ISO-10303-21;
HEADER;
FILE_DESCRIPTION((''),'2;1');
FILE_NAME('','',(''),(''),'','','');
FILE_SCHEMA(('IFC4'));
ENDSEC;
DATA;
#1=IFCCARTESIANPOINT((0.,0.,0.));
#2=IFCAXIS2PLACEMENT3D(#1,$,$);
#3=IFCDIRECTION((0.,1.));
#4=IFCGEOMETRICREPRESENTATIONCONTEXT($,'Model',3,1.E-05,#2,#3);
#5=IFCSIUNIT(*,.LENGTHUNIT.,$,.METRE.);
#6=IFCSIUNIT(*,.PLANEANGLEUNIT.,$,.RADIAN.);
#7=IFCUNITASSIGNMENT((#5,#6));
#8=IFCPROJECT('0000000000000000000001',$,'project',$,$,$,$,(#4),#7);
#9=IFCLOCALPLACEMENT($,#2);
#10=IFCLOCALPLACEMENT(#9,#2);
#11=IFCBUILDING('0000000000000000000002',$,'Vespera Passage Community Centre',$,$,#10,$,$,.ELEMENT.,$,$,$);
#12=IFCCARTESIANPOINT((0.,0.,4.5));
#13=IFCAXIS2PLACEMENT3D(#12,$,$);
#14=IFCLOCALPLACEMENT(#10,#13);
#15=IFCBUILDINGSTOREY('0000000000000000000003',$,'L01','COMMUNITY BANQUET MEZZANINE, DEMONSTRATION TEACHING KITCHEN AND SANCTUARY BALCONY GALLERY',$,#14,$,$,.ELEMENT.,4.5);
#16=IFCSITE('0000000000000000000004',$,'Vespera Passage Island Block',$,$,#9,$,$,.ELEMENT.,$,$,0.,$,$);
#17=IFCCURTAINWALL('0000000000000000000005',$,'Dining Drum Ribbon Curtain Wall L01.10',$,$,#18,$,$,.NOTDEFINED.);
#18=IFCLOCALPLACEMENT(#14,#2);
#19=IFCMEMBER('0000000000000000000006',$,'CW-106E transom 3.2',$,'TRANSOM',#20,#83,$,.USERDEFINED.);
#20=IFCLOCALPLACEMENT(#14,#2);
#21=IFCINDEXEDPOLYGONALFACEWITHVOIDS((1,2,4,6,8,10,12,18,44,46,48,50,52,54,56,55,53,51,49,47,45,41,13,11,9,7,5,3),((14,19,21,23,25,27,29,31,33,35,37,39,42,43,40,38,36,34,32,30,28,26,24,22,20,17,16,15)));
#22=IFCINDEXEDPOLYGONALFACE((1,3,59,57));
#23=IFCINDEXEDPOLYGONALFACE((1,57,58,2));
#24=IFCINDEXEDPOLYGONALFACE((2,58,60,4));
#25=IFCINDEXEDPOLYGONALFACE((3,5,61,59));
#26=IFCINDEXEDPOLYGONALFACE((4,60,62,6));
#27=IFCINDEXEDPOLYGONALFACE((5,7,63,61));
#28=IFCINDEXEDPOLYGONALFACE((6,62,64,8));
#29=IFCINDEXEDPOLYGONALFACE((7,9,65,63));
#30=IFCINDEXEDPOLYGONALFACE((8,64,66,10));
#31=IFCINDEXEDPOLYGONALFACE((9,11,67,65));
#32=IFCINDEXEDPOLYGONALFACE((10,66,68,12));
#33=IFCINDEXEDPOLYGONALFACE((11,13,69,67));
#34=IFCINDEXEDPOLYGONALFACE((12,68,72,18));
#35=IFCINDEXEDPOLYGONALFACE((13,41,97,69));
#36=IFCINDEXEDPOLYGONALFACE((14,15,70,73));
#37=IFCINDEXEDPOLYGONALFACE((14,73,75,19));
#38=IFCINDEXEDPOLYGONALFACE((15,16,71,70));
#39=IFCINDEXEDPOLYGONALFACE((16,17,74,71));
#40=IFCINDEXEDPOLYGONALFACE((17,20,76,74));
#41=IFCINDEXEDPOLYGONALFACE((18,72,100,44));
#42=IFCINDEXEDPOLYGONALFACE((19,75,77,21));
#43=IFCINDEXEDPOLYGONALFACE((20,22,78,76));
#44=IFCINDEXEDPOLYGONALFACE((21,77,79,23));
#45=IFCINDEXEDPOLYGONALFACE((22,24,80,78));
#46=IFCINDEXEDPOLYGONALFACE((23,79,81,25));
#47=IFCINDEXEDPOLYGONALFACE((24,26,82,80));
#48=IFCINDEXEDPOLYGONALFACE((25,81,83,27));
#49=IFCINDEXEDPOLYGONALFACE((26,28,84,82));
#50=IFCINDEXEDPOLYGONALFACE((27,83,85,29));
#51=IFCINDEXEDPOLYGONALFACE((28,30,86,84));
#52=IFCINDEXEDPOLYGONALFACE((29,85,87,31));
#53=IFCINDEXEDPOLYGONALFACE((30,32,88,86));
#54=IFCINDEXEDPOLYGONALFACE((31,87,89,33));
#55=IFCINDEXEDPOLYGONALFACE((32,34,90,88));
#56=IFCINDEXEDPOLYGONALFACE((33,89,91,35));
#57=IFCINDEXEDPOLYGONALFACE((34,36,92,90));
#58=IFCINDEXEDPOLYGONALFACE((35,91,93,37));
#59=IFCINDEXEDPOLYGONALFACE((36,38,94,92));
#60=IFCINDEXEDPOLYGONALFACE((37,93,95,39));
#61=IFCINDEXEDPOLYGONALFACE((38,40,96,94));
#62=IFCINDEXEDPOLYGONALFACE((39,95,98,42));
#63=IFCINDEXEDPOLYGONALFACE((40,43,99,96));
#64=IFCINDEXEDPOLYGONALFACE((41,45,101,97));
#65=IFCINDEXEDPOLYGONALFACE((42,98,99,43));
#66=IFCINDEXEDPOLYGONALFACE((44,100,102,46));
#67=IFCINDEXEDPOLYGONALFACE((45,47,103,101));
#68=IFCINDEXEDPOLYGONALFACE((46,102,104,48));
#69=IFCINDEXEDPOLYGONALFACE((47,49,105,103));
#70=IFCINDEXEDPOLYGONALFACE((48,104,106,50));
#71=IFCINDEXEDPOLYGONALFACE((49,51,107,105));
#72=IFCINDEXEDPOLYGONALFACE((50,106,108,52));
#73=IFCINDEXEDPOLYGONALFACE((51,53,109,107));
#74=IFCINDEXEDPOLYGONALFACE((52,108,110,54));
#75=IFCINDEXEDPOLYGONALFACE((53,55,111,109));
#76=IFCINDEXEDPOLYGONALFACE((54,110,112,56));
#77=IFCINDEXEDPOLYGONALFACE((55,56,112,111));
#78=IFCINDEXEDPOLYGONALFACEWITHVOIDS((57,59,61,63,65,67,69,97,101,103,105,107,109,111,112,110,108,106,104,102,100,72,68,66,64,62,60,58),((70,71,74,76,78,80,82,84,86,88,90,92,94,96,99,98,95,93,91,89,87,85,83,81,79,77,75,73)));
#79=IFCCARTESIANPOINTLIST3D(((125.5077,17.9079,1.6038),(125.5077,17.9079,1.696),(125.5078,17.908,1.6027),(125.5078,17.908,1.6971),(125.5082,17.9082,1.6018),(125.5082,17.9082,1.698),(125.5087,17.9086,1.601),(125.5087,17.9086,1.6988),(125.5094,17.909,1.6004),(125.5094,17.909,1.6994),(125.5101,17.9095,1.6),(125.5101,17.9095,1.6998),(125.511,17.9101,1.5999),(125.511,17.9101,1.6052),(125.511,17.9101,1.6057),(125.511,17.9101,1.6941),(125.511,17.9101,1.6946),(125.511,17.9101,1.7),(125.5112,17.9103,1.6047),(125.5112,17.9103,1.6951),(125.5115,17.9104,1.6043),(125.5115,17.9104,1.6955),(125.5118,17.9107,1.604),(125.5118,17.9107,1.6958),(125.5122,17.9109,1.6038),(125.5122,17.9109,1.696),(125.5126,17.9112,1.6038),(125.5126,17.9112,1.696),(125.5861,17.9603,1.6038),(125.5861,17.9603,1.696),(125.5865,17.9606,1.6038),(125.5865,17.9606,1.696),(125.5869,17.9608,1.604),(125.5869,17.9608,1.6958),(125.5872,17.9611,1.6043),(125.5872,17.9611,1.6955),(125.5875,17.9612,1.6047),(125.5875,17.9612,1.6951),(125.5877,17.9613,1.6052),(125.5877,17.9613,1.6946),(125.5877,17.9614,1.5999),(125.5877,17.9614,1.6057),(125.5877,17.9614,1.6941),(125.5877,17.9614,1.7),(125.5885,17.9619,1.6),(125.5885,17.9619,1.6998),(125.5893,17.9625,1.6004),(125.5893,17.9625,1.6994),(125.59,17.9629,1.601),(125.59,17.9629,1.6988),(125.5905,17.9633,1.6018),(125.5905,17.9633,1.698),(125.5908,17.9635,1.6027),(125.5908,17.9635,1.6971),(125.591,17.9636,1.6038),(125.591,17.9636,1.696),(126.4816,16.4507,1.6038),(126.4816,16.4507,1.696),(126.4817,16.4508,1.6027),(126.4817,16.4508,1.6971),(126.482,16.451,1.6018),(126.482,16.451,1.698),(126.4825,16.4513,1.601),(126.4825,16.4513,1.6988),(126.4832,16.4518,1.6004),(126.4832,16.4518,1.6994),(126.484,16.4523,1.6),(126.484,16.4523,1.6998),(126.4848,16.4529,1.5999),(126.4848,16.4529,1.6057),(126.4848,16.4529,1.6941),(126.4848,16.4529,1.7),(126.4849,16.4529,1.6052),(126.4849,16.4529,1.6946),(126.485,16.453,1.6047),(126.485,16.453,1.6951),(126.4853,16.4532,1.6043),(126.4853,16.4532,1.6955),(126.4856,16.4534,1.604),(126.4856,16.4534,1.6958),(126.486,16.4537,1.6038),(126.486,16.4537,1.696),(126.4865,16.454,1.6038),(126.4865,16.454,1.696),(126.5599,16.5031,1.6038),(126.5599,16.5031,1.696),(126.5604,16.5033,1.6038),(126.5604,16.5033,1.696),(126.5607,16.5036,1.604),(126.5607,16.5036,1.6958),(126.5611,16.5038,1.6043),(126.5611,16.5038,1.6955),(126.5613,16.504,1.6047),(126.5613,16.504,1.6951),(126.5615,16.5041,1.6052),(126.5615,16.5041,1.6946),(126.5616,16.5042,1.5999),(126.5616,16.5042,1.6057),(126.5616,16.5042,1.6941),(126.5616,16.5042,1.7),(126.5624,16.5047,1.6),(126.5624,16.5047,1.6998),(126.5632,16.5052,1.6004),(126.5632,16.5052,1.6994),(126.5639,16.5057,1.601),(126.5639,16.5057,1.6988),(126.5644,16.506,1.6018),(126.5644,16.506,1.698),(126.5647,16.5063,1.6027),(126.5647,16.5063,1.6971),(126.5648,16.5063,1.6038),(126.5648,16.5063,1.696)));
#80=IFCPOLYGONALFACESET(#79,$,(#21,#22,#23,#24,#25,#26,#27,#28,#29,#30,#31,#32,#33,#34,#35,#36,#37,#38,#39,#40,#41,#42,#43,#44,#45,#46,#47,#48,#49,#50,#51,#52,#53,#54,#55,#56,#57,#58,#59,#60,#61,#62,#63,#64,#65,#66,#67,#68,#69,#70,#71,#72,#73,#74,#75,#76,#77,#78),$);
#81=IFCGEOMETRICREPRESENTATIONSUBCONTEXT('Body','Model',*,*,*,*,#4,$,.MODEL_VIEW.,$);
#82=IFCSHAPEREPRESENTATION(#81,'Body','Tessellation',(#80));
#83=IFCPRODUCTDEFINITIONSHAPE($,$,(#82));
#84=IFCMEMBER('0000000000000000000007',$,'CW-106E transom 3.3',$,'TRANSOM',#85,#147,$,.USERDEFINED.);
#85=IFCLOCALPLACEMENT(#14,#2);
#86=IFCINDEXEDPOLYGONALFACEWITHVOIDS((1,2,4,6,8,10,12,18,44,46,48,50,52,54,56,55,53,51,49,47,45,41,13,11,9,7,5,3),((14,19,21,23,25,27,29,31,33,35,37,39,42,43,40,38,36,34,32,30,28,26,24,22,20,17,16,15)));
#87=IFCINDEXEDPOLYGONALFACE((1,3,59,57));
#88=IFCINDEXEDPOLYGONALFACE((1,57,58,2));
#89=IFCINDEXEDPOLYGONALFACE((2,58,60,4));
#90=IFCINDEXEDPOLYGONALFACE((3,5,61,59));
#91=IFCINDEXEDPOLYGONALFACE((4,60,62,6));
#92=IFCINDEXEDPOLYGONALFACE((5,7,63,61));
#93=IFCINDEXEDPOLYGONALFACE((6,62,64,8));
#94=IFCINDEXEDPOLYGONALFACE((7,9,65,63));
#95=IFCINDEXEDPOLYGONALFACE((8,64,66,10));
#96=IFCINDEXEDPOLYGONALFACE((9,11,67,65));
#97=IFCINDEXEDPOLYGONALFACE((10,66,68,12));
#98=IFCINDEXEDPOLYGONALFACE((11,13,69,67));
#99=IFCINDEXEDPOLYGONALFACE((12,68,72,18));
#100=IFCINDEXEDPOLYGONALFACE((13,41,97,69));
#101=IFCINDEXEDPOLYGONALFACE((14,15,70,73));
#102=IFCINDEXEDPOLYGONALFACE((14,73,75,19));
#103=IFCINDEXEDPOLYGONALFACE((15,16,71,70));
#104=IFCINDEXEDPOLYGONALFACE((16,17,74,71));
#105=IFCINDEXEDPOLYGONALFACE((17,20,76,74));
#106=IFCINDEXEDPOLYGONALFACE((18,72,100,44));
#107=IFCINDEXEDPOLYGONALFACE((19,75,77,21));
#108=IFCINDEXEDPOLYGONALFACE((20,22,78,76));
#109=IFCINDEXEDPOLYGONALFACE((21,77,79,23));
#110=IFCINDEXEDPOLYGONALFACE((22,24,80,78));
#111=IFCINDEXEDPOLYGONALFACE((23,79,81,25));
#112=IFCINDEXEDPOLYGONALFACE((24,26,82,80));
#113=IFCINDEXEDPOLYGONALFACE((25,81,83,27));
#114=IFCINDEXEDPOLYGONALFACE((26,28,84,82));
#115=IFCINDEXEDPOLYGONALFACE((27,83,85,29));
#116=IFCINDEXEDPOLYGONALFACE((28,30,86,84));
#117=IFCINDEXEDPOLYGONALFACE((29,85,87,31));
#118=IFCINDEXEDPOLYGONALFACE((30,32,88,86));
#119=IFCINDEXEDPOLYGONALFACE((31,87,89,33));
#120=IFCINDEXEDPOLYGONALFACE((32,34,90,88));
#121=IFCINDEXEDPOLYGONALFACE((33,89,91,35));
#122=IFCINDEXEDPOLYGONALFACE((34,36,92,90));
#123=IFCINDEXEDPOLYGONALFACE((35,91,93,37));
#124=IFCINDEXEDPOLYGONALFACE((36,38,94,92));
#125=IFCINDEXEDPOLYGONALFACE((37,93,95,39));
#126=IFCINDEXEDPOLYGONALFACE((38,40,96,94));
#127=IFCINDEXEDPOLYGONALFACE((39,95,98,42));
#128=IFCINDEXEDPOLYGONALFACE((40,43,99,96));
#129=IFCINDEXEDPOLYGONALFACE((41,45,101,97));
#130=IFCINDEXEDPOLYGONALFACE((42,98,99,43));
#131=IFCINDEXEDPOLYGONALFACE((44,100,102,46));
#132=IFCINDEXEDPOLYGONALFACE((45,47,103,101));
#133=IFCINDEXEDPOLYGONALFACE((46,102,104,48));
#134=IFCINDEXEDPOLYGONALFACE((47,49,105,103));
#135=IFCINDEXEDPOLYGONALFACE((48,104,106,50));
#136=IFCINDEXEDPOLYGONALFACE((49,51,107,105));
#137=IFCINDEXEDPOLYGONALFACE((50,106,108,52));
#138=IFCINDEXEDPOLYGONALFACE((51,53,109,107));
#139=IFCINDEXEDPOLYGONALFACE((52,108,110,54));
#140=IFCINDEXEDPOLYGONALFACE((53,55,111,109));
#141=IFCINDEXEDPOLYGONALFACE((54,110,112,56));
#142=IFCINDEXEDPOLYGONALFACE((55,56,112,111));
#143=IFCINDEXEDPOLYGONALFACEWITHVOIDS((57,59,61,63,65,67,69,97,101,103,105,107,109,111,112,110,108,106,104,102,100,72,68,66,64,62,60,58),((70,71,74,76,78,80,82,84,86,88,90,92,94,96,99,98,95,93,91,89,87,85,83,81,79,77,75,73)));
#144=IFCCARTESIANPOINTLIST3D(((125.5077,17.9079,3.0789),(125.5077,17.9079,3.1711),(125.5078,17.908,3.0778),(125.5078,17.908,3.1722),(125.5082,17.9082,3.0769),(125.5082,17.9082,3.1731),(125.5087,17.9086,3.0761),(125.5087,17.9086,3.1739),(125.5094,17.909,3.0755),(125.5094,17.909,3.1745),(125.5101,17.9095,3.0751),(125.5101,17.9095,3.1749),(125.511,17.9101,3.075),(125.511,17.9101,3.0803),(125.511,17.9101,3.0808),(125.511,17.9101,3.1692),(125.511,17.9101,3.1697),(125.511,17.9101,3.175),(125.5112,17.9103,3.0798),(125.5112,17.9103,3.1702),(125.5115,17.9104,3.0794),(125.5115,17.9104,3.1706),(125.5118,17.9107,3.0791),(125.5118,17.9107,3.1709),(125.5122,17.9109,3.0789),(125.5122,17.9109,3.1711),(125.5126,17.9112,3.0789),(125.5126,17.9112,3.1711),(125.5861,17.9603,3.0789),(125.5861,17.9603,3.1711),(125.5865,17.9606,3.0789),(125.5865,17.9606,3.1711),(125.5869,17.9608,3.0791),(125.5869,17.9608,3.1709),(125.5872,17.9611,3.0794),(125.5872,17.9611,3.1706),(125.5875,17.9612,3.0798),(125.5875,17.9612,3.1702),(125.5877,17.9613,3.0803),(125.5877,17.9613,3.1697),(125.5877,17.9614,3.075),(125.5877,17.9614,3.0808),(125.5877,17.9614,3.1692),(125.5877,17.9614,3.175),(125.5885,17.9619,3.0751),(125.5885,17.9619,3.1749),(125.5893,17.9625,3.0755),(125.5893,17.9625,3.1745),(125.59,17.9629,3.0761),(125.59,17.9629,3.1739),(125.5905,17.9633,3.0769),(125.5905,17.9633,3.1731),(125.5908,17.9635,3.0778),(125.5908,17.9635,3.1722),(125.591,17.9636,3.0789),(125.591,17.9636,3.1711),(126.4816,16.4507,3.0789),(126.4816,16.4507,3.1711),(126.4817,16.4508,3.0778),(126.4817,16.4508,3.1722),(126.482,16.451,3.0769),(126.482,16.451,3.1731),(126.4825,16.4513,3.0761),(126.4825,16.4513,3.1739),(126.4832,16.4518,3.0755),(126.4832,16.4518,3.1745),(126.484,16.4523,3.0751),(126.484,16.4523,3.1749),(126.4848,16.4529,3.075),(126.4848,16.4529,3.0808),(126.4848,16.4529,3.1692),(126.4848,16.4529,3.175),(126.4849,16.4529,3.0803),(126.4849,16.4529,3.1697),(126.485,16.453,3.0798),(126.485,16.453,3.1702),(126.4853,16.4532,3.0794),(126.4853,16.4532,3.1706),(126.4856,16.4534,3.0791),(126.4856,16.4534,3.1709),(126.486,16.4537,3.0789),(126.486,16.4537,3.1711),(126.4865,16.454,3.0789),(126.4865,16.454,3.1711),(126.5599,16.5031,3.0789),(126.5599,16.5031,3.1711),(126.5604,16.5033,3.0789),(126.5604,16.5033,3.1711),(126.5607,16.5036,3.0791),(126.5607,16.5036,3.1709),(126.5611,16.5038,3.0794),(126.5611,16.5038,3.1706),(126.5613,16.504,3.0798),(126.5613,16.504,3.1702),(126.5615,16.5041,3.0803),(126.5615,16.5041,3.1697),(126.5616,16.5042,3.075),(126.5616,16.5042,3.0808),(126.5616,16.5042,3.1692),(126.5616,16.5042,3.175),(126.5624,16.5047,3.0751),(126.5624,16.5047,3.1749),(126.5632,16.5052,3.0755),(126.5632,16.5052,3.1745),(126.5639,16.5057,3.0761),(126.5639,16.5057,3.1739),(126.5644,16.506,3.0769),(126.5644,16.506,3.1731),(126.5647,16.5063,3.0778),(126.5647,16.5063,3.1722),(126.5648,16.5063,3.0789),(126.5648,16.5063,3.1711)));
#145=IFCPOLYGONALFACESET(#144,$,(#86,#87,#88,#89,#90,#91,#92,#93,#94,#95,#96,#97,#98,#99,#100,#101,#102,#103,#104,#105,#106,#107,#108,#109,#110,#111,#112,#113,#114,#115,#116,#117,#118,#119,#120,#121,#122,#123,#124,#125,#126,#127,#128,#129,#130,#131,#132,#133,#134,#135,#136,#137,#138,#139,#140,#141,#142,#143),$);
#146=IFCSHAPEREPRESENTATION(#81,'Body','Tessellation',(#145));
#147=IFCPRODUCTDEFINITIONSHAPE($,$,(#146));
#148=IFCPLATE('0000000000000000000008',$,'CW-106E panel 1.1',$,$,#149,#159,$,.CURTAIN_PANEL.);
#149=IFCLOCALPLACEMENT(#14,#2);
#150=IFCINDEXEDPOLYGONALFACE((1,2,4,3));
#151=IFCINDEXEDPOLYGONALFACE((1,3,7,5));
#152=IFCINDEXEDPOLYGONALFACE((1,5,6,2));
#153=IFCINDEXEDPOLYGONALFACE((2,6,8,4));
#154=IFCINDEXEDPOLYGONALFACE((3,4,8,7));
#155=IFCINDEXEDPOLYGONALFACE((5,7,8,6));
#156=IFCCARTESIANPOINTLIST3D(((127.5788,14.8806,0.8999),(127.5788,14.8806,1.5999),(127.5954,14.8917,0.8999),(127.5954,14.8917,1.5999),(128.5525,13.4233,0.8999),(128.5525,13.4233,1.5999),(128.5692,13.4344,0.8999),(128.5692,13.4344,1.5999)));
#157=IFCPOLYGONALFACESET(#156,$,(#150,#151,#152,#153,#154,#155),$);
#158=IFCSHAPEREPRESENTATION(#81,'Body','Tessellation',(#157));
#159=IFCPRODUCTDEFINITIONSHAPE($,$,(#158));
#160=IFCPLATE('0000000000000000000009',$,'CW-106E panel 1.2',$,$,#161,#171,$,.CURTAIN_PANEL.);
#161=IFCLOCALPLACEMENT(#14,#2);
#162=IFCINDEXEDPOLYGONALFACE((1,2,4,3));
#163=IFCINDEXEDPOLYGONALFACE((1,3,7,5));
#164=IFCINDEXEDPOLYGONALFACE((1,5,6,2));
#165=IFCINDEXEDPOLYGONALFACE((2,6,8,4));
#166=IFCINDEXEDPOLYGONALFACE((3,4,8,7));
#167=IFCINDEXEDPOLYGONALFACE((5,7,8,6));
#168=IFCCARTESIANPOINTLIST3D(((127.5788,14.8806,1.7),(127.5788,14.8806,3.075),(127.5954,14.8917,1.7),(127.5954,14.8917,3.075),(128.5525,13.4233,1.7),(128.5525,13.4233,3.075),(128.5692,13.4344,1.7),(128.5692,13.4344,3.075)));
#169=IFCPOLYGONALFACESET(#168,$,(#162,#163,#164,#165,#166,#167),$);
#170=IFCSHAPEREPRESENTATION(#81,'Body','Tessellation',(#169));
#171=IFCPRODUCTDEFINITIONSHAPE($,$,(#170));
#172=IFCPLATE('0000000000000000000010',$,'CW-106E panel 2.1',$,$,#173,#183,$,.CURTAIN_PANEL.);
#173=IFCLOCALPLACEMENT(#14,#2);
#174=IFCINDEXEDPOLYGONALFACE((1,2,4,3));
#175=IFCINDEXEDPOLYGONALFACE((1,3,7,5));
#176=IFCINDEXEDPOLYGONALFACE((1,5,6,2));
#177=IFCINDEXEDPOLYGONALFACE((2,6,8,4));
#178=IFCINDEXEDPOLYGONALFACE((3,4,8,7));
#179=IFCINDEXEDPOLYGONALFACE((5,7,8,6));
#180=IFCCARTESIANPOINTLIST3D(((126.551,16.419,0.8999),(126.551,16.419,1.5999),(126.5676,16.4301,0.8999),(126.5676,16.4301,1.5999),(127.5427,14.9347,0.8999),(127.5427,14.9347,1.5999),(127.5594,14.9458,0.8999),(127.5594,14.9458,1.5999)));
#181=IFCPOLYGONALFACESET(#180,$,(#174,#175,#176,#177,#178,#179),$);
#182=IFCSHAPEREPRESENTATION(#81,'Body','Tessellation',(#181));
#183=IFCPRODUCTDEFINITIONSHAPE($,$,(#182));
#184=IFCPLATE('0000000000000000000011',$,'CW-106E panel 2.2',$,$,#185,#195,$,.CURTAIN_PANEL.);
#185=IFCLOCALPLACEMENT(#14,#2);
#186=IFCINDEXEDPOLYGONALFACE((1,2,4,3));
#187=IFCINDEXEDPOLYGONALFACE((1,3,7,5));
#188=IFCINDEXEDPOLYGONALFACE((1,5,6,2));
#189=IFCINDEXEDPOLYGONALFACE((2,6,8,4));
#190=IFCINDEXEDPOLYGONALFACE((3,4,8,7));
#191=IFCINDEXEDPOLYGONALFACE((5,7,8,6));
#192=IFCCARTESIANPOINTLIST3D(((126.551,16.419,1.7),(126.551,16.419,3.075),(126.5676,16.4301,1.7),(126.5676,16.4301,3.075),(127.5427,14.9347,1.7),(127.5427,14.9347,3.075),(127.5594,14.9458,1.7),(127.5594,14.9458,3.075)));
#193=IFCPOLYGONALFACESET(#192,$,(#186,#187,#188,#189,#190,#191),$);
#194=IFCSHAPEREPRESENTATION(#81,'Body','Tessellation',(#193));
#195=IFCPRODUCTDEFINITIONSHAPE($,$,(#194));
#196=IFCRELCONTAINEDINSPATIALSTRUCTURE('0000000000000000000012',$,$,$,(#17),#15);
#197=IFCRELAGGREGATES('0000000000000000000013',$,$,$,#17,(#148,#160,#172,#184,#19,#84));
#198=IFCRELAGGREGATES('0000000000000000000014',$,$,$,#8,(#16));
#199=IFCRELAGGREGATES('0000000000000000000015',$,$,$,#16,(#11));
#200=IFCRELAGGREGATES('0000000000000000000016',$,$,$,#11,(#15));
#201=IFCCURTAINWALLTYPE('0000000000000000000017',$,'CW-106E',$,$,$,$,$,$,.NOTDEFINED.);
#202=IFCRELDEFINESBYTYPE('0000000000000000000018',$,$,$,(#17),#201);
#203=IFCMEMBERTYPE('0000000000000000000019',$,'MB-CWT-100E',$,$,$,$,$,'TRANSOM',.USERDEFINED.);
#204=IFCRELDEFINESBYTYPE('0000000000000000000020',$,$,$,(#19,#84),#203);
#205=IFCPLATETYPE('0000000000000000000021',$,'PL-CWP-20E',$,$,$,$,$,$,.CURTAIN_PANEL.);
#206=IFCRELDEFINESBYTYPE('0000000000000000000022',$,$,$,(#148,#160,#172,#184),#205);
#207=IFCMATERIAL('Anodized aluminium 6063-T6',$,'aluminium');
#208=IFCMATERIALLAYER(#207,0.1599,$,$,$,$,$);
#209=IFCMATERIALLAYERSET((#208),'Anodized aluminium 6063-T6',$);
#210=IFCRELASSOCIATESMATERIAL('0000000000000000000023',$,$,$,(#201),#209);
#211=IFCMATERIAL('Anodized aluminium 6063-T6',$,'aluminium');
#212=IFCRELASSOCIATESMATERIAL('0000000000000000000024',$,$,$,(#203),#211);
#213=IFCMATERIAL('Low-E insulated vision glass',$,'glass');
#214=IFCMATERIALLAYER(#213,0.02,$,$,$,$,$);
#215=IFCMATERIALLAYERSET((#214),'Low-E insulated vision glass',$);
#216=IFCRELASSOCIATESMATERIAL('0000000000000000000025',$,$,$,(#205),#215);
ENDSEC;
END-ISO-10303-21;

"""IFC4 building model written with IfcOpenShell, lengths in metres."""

from ifc_helpers import new_model, si_unit, direction, frame, origin, origin_2d, place, context, subcontext, project, spatial, rectangle, hollow_rectangle, extrude, material, layer, layer_set, material_profile, profile_set, type_object, element, aggregate, save


model = new_model("IFC4")

# Units and contexts
model_context = context("Model", 3, precision=1e-05, world=origin(), true_north=direction((0.0, 1.0)))
body_context = subcontext(model_context, "Body", "Model", "MODEL_VIEW")
ifc_project = project(units=[si_unit("LENGTHUNIT", "METRE"), si_unit("PLANEANGLEUNIT", "RADIAN")], contexts=[model_context])

# Site, building, storey
site_placement = place(None, origin())
site = spatial("IfcSite", under=ifc_project, at=site_placement, Name="Vespera Passage Island Block", CompositionType="ELEMENT", RefElevation=0.0)
building_placement = place(site_placement, origin())
building = spatial("IfcBuilding", under=site, at=building_placement, Name="Vespera Passage Community Centre", CompositionType="ELEMENT")
storey_placement = place(building_placement, frame((0.0, 0.0, 4.5)))
storey = spatial("IfcBuildingStorey", under=building, at=storey_placement, Name="L01", Description="COMMUNITY BANQUET MEZZANINE, DEMONSTRATION TEACHING KITCHEN AND SANCTUARY BALCONY GALLERY", CompositionType="ELEMENT", Elevation=4.5)

# Curtain wall
ifc_material_1 = material(Name="Anodized aluminium 6063-T6", Category="aluminium")
ifc_layer_1 = layer(ifc_material_1, 0.1599)
ifc_layer_set_1 = layer_set([ifc_layer_1], Name="Anodized aluminium 6063-T6")
curtain_wall_type_1 = type_object("IfcCurtainWallType", Name="CW-106E", PredefinedType="NOTDEFINED", material=ifc_layer_set_1)
curtain_wall_1_placement = place(storey_placement, origin())
curtain_wall_1 = element("IfcCurtainWall", 1, at=curtain_wall_1_placement, inside=storey, type_object=curtain_wall_type_1, Name="Dining Drum Ribbon Curtain Wall L01.10", PredefinedType="NOTDEFINED")

# Members
ifc_material_2 = material(Name="Anodized aluminium 6063-T6", Category="aluminium")
ifc_material_profile_1 = material_profile(ifc_material_2, hollow_rectangle(XDim=0.1001, YDim=0.1001, WallThickness=0.0039, InnerFilletRadius=0.002, OuterFilletRadius=0.0039, at=origin_2d()), Name="ALU100X100X4")
ifc_profile_set_1 = profile_set([ifc_material_profile_1], Name="Anodized aluminium 6063-T6")
member_type_1 = type_object("IfcMemberType", Name="MB-CWT-100E", ElementType="TRANSOM", PredefinedType="USERDEFINED", material=ifc_profile_set_1)
member_1_placement = place(storey_placement, frame((126.5232, 16.4785, 1.6499), z_axis=(-0.555632, 0.831428, 0.0), x_axis=(-0.831428, -0.555632, 0.0)))
member_1 = element("IfcMember", 2, at=member_1_placement, type_object=member_type_1, Name="CW-106E transom 3.2", ObjectType="TRANSOM", PredefinedType="USERDEFINED", context=body_context, shape_type="SweptSolid", body=[
    extrude(hollow_rectangle(XDim=0.1001, YDim=0.1001, WallThickness=0.0039, InnerFilletRadius=0.002, OuterFilletRadius=0.0039, at=origin_2d()), origin(), (0.0, 0.0, 1.0), 1.7527),
])
member_2_placement = place(storey_placement, frame((126.5232, 16.4785, 3.125), z_axis=(-0.555632, 0.831428, 0.0), x_axis=(-0.831428, -0.555632, 0.0)))
member_2 = element("IfcMember", 3, at=member_2_placement, type_object=member_type_1, Name="CW-106E transom 3.3", ObjectType="TRANSOM", PredefinedType="USERDEFINED", context=body_context, shape_type="SweptSolid", body=[
    extrude(hollow_rectangle(XDim=0.1001, YDim=0.1001, WallThickness=0.0039, InnerFilletRadius=0.002, OuterFilletRadius=0.0039, at=origin_2d()), origin(), (0.0, 0.0, 1.0), 1.7527),
])

# Plates
ifc_material_3 = material(Name="Low-E insulated vision glass", Category="glass")
ifc_layer_2 = layer(ifc_material_3, 0.02)
ifc_layer_set_2 = layer_set([ifc_layer_2], Name="Low-E insulated vision glass")
plate_type = type_object("IfcPlateType", Name="PL-CWP-20E", PredefinedType="CURTAIN_PANEL", material=ifc_layer_set_2)
plate_1_placement = place(storey_placement, frame((128.074, 14.1575, 0.8999), z_axis=(0.0, 0.0, 1.0), x_axis=(-0.555565, 0.831473, 0.0)))
plate_1 = element("IfcPlate", 4, at=plate_1_placement, type_object=plate_type, Name="CW-106E panel 1.1", PredefinedType="CURTAIN_PANEL", context=body_context, shape_type="SweptSolid", body=[
    extrude(rectangle(XDim=1.7527, YDim=0.02, at=origin_2d()), origin(), (0.0, 0.0, 1.0), 0.7),
])
plate_2_placement = place(storey_placement, frame((128.074, 14.1575, 1.7), z_axis=(0.0, 0.0, 1.0), x_axis=(-0.555565, 0.831473, 0.0)))
plate_2 = element("IfcPlate", 5, at=plate_2_placement, type_object=plate_type, Name="CW-106E panel 1.2", PredefinedType="CURTAIN_PANEL", context=body_context, shape_type="SweptSolid", body=[
    extrude(rectangle(XDim=1.7527, YDim=0.02, at=origin_2d()), origin(), (0.0, 0.0, 1.0), 1.375),
])
plate_3_placement = place(storey_placement, frame((127.0552, 15.6824, 0.8999), z_axis=(0.0, 0.0, 1.0), x_axis=(-0.555565, 0.831473, 0.0)))
plate_3 = element("IfcPlate", 6, at=plate_3_placement, type_object=plate_type, Name="CW-106E panel 2.1", PredefinedType="CURTAIN_PANEL", context=body_context, shape_type="SweptSolid", body=[
    extrude(rectangle(XDim=1.7852, YDim=0.02, at=origin_2d()), origin(), (0.0, 0.0, 1.0), 0.7),
])
plate_4_placement = place(storey_placement, frame((127.0552, 15.6824, 1.7), z_axis=(0.0, 0.0, 1.0), x_axis=(-0.555565, 0.831473, 0.0)))
plate_4 = element("IfcPlate", 7, at=plate_4_placement, type_object=plate_type, Name="CW-106E panel 2.2", PredefinedType="CURTAIN_PANEL", context=body_context, shape_type="SweptSolid", body=[
    extrude(rectangle(XDim=1.7852, YDim=0.02, at=origin_2d()), origin(), (0.0, 0.0, 1.0), 1.375),
])
aggregate(curtain_wall_1, [plate_1, plate_2, plate_3, plate_4, member_1, member_2])

save(model, "model.ifc")
